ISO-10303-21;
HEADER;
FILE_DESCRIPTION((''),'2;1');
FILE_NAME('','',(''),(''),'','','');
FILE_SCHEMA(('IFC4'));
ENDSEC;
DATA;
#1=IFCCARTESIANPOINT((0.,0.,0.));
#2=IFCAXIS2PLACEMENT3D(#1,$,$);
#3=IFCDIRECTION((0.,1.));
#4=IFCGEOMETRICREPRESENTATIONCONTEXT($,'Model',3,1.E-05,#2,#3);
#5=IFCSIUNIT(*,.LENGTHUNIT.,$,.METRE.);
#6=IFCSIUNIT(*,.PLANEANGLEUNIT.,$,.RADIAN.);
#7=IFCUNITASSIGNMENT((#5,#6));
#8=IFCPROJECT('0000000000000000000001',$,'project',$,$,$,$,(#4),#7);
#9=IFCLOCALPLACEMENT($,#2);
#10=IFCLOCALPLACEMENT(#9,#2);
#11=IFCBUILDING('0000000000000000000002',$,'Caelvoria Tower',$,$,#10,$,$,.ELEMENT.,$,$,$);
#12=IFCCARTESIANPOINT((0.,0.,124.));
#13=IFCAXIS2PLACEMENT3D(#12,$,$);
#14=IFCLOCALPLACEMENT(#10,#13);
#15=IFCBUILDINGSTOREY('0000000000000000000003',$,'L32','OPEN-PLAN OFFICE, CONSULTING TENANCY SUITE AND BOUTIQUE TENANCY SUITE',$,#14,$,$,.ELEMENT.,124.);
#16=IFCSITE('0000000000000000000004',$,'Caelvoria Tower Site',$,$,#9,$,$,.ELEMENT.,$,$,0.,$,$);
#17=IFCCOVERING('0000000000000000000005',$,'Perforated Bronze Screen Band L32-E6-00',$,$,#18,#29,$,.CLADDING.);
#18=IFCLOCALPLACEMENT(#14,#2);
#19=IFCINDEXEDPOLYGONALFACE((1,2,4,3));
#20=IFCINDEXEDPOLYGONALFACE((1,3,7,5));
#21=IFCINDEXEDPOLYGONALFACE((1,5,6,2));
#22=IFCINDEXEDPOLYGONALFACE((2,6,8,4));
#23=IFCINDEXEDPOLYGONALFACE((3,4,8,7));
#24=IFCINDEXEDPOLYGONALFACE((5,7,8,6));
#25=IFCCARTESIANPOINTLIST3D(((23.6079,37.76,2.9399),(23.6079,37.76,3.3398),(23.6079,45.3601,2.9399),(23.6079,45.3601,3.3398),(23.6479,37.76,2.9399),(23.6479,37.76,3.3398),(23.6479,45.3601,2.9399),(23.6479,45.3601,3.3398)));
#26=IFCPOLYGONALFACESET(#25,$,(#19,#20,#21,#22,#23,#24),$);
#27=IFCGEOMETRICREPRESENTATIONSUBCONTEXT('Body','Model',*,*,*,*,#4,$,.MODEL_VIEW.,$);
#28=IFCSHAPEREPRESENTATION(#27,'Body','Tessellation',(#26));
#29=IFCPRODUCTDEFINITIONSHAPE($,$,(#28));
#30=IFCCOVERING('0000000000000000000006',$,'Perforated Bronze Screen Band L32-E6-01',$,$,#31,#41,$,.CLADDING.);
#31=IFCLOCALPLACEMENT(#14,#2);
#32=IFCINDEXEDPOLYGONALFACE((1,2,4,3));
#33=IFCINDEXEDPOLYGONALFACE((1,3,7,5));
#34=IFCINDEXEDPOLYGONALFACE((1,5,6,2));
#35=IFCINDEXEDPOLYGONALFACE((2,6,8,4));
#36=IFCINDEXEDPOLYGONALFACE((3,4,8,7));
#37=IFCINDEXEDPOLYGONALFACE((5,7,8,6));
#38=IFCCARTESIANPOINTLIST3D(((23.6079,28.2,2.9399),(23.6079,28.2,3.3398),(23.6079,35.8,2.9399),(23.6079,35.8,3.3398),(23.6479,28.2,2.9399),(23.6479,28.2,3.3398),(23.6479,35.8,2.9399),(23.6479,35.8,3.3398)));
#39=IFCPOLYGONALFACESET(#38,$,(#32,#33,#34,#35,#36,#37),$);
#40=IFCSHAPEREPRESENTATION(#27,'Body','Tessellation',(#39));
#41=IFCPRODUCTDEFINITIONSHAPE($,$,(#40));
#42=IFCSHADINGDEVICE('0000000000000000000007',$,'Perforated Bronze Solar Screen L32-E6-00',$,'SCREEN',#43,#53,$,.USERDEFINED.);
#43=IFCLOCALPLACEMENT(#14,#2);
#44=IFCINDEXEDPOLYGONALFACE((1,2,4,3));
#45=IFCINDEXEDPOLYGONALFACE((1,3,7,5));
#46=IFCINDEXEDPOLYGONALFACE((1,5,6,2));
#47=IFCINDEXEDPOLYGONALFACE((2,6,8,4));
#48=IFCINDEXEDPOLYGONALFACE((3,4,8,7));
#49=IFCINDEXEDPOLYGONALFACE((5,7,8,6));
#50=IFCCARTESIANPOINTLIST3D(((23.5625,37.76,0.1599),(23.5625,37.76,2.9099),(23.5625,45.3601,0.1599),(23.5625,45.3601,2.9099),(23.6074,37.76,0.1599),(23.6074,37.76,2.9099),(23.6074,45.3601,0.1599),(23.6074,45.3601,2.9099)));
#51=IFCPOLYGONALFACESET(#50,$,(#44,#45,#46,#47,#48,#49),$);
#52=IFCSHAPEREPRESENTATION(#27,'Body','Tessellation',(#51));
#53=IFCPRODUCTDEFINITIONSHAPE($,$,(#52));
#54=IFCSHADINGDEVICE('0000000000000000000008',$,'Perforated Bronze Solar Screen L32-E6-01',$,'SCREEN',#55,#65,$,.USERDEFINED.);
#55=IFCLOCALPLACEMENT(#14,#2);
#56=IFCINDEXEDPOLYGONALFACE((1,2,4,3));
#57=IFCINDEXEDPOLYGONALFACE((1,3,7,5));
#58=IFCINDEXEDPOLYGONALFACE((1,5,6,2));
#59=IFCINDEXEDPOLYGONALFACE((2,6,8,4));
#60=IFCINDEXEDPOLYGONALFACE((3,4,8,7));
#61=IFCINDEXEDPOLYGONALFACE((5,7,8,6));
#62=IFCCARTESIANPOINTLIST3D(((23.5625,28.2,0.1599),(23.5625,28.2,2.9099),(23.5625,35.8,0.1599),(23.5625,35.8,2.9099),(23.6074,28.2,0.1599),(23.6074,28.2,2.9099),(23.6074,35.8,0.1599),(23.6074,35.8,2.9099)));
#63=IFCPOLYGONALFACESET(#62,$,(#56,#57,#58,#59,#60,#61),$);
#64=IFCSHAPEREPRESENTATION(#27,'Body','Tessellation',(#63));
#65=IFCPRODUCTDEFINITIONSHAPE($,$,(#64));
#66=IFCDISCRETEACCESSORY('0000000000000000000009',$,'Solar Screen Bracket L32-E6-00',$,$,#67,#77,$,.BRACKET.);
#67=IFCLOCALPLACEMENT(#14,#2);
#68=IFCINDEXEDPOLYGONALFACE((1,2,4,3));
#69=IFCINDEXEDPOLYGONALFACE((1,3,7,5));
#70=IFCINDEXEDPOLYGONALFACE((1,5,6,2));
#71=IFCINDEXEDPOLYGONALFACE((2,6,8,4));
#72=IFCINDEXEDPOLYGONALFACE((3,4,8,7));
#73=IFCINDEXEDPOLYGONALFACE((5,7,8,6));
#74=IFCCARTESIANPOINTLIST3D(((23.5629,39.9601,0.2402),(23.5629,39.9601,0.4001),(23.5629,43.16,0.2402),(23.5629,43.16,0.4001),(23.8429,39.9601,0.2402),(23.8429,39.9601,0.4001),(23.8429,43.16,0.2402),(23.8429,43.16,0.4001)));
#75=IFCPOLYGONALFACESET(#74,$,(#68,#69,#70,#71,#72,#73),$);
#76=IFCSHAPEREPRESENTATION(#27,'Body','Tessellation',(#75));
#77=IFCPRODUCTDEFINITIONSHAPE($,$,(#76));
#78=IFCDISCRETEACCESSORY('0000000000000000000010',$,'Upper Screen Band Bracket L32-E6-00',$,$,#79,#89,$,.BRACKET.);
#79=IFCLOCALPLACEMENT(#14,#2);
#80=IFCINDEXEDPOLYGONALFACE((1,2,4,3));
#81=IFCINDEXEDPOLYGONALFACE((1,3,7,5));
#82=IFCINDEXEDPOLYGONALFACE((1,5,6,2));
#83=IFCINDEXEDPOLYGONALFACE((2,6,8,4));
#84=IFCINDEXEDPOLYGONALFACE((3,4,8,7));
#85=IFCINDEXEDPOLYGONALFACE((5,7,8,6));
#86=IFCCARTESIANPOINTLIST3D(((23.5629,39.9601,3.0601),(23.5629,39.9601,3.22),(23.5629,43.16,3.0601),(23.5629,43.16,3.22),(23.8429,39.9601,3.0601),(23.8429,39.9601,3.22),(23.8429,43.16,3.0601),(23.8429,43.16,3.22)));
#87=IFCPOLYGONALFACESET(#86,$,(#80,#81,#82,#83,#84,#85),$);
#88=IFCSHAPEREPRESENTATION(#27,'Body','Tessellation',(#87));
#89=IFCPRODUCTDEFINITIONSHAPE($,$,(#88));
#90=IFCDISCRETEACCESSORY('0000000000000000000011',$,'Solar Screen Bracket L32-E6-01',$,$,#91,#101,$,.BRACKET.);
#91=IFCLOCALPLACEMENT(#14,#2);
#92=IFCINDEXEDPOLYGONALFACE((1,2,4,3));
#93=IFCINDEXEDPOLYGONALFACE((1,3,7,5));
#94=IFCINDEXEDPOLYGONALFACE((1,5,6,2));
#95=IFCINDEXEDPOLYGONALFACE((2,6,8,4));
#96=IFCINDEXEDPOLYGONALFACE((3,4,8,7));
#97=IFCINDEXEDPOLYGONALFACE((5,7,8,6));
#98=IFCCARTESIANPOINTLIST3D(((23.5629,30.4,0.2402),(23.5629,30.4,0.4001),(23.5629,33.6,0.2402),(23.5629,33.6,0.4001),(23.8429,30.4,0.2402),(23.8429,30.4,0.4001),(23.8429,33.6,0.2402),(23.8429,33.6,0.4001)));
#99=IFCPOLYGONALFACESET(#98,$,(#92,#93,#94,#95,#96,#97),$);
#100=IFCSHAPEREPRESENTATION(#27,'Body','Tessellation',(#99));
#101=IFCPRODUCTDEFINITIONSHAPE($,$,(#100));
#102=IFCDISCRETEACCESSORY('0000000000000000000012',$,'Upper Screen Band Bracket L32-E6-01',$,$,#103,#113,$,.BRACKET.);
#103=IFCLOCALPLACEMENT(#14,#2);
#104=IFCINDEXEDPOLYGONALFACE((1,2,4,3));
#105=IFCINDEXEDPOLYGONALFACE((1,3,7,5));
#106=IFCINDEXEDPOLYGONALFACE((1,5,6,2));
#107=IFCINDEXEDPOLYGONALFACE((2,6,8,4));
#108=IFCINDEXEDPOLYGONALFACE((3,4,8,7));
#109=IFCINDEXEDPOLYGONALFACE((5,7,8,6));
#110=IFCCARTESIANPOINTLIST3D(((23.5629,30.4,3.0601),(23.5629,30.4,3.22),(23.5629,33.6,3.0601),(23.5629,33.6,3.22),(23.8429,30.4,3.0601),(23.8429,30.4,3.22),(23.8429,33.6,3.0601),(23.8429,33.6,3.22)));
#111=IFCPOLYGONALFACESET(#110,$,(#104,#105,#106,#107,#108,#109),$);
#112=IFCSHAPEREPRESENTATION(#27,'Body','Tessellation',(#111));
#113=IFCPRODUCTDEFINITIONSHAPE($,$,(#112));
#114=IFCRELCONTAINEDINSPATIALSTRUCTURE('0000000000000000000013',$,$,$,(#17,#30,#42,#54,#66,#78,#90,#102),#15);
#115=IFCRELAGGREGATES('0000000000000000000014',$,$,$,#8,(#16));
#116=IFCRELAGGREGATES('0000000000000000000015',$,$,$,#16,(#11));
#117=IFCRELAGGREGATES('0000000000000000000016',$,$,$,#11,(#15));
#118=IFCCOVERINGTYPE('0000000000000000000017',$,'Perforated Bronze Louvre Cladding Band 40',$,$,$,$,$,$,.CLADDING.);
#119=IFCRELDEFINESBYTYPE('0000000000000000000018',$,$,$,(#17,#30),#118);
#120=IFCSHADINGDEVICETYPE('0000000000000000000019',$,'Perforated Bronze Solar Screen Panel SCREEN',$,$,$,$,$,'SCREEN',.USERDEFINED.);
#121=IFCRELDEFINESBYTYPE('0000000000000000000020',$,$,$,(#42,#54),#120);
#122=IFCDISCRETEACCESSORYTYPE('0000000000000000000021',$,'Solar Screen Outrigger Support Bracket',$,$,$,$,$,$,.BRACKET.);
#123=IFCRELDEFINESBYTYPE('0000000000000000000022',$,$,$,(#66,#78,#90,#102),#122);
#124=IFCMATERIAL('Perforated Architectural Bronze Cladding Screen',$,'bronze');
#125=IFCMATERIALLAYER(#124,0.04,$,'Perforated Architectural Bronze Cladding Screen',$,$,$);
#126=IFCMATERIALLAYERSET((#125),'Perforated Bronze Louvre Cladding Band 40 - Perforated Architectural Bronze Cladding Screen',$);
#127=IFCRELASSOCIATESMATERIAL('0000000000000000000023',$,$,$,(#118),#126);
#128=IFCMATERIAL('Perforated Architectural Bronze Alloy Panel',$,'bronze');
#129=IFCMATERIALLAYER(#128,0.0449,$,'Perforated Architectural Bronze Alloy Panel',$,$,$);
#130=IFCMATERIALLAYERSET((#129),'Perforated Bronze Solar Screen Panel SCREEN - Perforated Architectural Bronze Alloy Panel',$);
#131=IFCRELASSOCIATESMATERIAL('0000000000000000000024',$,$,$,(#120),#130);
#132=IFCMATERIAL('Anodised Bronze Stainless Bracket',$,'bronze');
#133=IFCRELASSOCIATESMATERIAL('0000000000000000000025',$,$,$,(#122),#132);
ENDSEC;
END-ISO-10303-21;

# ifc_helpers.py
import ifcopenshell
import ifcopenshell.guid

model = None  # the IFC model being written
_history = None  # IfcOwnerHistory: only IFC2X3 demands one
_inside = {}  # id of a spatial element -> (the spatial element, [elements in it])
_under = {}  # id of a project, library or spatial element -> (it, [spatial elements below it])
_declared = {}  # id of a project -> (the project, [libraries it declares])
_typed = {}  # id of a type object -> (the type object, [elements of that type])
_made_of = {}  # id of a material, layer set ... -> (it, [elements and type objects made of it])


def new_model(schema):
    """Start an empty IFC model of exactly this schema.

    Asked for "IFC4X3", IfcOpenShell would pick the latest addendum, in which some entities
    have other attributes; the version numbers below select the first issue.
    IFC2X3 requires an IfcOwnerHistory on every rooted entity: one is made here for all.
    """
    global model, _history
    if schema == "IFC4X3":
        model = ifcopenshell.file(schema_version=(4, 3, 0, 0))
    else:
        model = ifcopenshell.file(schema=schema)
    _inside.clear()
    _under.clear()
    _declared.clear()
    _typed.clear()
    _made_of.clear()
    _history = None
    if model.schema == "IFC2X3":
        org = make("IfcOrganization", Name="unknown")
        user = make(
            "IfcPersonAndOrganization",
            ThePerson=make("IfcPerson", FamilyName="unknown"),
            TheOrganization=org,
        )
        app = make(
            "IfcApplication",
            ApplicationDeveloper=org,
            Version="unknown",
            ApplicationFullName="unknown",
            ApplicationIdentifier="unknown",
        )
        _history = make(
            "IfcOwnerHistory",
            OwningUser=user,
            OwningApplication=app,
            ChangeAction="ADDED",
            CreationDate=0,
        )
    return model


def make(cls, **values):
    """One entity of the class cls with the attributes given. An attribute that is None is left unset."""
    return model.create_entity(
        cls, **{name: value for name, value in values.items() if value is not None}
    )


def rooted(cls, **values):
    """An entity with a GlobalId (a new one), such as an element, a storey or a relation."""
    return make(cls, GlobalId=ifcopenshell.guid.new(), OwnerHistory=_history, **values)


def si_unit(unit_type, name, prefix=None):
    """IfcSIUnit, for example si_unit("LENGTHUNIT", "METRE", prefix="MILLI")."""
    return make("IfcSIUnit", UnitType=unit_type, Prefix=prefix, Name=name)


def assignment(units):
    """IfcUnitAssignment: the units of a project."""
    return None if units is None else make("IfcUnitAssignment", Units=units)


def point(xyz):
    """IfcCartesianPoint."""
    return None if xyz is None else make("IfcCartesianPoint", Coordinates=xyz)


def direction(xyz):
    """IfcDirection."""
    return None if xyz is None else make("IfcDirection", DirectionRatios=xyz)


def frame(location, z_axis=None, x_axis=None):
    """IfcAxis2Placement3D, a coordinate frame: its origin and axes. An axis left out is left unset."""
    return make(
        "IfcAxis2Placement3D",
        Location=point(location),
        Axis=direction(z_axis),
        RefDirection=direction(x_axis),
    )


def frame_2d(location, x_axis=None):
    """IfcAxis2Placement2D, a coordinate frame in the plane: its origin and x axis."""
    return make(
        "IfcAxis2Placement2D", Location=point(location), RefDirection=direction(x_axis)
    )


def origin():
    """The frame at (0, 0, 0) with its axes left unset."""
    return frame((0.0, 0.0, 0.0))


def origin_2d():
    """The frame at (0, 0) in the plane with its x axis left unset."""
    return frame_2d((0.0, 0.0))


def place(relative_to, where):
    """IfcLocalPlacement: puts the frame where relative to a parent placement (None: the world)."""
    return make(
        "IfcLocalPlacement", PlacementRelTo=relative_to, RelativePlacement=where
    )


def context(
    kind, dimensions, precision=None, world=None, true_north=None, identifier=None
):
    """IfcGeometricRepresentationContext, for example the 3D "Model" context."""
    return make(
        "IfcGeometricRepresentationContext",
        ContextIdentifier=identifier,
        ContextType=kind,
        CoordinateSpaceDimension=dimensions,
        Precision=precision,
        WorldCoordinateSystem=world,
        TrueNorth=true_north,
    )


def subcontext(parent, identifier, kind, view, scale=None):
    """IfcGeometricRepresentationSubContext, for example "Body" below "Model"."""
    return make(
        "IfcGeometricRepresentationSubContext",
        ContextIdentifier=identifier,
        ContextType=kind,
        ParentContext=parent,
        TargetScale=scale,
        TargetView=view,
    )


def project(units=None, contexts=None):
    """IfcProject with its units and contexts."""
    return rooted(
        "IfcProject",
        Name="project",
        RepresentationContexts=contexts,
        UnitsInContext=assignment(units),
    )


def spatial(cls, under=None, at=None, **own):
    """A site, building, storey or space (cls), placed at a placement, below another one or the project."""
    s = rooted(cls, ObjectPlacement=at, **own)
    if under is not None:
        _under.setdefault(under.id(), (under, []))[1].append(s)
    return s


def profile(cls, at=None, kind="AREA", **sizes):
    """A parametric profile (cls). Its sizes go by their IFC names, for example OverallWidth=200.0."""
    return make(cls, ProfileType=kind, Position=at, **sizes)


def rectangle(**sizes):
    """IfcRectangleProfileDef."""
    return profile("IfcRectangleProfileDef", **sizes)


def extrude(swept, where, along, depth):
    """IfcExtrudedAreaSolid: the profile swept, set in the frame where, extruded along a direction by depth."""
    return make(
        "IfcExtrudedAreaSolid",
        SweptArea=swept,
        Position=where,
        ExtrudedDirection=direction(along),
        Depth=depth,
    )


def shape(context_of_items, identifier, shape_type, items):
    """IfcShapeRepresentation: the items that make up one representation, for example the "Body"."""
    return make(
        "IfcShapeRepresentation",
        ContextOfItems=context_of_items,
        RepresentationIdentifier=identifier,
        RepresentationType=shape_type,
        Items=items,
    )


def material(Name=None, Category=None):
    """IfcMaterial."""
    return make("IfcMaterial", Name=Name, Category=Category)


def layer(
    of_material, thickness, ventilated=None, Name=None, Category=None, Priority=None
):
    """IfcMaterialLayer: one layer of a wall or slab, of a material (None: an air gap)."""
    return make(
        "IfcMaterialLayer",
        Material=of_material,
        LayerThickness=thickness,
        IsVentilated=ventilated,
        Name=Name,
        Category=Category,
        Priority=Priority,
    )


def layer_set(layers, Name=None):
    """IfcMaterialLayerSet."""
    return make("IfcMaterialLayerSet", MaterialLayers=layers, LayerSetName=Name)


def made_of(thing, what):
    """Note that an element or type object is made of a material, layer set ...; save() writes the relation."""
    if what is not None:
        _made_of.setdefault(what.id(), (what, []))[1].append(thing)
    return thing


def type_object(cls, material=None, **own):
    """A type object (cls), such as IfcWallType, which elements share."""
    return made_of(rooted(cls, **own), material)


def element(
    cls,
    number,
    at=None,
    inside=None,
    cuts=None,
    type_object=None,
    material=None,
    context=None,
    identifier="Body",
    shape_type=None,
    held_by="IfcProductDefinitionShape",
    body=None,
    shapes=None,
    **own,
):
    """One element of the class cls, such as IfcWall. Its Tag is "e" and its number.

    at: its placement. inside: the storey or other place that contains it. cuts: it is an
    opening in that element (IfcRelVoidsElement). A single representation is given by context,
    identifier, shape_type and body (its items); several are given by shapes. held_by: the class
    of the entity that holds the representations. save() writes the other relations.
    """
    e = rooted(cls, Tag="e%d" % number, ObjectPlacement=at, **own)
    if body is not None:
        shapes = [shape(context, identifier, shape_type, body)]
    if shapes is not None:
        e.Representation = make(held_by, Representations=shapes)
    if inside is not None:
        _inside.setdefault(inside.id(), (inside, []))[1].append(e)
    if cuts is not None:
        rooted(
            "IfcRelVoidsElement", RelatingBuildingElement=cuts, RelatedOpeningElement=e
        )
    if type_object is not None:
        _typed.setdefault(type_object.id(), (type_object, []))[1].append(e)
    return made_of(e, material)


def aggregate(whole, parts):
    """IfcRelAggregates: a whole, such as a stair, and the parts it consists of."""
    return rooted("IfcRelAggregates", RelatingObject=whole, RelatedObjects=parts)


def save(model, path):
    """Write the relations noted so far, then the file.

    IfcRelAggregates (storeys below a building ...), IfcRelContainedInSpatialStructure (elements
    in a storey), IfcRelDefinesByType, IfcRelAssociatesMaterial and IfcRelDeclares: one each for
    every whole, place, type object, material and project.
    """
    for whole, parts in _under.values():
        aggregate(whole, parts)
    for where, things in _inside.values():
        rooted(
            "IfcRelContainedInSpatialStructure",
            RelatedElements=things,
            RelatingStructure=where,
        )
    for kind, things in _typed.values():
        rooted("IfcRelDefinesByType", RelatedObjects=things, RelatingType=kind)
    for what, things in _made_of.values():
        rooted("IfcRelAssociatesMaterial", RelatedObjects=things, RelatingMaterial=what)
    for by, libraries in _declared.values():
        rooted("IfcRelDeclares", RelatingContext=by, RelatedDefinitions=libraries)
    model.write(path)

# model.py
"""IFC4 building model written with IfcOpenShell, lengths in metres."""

from ifc_helpers import new_model, si_unit, direction, frame, origin, origin_2d, place, context, subcontext, project, spatial, rectangle, extrude, material, layer, layer_set, type_object, element, save


model = new_model("IFC4")

# Units and contexts
model_context = context("Model", 3, precision=1e-05, world=origin(), true_north=direction((0.0, 1.0)))
body_context = subcontext(model_context, "Body", "Model", "MODEL_VIEW")
ifc_project = project(units=[si_unit("LENGTHUNIT", "METRE"), si_unit("PLANEANGLEUNIT", "RADIAN")], contexts=[model_context])

# Site, building, storey
site_placement = place(None, origin())
site = spatial("IfcSite", under=ifc_project, at=site_placement, Name="Caelvoria Tower Site", CompositionType="ELEMENT", RefElevation=0.0)
building_placement = place(site_placement, origin())
building = spatial("IfcBuilding", under=site, at=building_placement, Name="Caelvoria Tower", CompositionType="ELEMENT")
storey_placement = place(building_placement, frame((0.0, 0.0, 124.0)))
storey = spatial("IfcBuildingStorey", under=building, at=storey_placement, Name="L32", Description="OPEN-PLAN OFFICE, CONSULTING TENANCY SUITE AND BOUTIQUE TENANCY SUITE", CompositionType="ELEMENT", Elevation=124.0)

# Coverings
ifc_material_1 = material(Name="Perforated Architectural Bronze Cladding Screen", Category="bronze")
ifc_layer_1 = layer(ifc_material_1, 0.04, Name="Perforated Architectural Bronze Cladding Screen")
ifc_layer_set_1 = layer_set([ifc_layer_1], Name="Perforated Bronze Louvre Cladding Band 40 - Perforated Architectural Bronze Cladding Screen")
covering_type = type_object("IfcCoveringType", Name="Perforated Bronze Louvre Cladding Band 40", PredefinedType="CLADDING", material=ifc_layer_set_1)
for number, where, z_axis, x_axis, name in (
    (1, (23.6279, 41.5601, 2.9399), (0.0, 0.0, 1.0), (0.0, -1.0, 0.0), "Perforated Bronze Screen Band L32-E6-00"),
    (2, (23.6279, 32.0, 2.9399), (0.0, 0.0, 1.0), (0.0, -1.0, 0.0), "Perforated Bronze Screen Band L32-E6-01"),
):
    element("IfcCovering", number, at=place(storey_placement, frame(where, z_axis=z_axis, x_axis=x_axis)), inside=storey, type_object=covering_type, Name=name, PredefinedType="CLADDING", context=body_context, shape_type="SweptSolid", body=[
        extrude(rectangle(XDim=7.6001, YDim=0.04, at=origin_2d()), origin(), (0.0, 0.0, 1.0), 0.3999),
    ])

# Shading devices
ifc_material_2 = material(Name="Perforated Architectural Bronze Alloy Panel", Category="bronze")
ifc_layer_2 = layer(ifc_material_2, 0.0449, Name="Perforated Architectural Bronze Alloy Panel")
ifc_layer_set_2 = layer_set([ifc_layer_2], Name="Perforated Bronze Solar Screen Panel SCREEN - Perforated Architectural Bronze Alloy Panel")
shading_device_type = type_object("IfcShadingDeviceType", Name="Perforated Bronze Solar Screen Panel SCREEN", ElementType="SCREEN", PredefinedType="USERDEFINED", material=ifc_layer_set_2)
for number, where, z_axis, x_axis, name in (
    (3, (23.585, 41.5601, 0.1599), (0.0, 0.0, 1.0), (0.0, -1.0, 0.0), "Perforated Bronze Solar Screen L32-E6-00"),
    (4, (23.585, 32.0, 0.1599), (0.0, 0.0, 1.0), (0.0, -1.0, 0.0), "Perforated Bronze Solar Screen L32-E6-01"),
):
    element("IfcShadingDevice", number, at=place(storey_placement, frame(where, z_axis=z_axis, x_axis=x_axis)), inside=storey, type_object=shading_device_type, Name=name, ObjectType="SCREEN", PredefinedType="USERDEFINED", context=body_context, shape_type="SweptSolid", body=[
        extrude(rectangle(XDim=7.6001, YDim=0.0449, at=origin_2d()), origin(), (0.0, 0.0, 1.0), 2.75),
    ])

# Discrete accessories
ifc_material_3 = material(Name="Anodised Bronze Stainless Bracket", Category="bronze")
discrete_accessory_type = type_object("IfcDiscreteAccessoryType", Name="Solar Screen Outrigger Support Bracket", PredefinedType="BRACKET", material=ifc_material_3)
for number, where, z_axis, x_axis, name in (
    (5, (23.7029, 41.5601, 0.2402), (0.0, 0.0, 1.0), (0.0, -1.0, 0.0), "Solar Screen Bracket L32-E6-00"),
    (6, (23.7029, 41.5601, 3.0601), (0.0, 0.0, 1.0), (0.0, -1.0, 0.0), "Upper Screen Band Bracket L32-E6-00"),
    (7, (23.7029, 32.0, 0.2402), (0.0, 0.0, 1.0), (0.0, -1.0, 0.0), "Solar Screen Bracket L32-E6-01"),
    (8, (23.7029, 32.0, 3.0601), (0.0, 0.0, 1.0), (0.0, -1.0, 0.0), "Upper Screen Band Bracket L32-E6-01"),
):
    element("IfcDiscreteAccessory", number, at=place(storey_placement, frame(where, z_axis=z_axis, x_axis=x_axis)), inside=storey, type_object=discrete_accessory_type, Name=name, PredefinedType="BRACKET", context=body_context, shape_type="SweptSolid", body=[
        extrude(rectangle(XDim=3.2, YDim=0.28, at=origin_2d()), origin(), (0.0, 0.0, 1.0), 0.1599),
    ])

save(model, "model.ifc")
